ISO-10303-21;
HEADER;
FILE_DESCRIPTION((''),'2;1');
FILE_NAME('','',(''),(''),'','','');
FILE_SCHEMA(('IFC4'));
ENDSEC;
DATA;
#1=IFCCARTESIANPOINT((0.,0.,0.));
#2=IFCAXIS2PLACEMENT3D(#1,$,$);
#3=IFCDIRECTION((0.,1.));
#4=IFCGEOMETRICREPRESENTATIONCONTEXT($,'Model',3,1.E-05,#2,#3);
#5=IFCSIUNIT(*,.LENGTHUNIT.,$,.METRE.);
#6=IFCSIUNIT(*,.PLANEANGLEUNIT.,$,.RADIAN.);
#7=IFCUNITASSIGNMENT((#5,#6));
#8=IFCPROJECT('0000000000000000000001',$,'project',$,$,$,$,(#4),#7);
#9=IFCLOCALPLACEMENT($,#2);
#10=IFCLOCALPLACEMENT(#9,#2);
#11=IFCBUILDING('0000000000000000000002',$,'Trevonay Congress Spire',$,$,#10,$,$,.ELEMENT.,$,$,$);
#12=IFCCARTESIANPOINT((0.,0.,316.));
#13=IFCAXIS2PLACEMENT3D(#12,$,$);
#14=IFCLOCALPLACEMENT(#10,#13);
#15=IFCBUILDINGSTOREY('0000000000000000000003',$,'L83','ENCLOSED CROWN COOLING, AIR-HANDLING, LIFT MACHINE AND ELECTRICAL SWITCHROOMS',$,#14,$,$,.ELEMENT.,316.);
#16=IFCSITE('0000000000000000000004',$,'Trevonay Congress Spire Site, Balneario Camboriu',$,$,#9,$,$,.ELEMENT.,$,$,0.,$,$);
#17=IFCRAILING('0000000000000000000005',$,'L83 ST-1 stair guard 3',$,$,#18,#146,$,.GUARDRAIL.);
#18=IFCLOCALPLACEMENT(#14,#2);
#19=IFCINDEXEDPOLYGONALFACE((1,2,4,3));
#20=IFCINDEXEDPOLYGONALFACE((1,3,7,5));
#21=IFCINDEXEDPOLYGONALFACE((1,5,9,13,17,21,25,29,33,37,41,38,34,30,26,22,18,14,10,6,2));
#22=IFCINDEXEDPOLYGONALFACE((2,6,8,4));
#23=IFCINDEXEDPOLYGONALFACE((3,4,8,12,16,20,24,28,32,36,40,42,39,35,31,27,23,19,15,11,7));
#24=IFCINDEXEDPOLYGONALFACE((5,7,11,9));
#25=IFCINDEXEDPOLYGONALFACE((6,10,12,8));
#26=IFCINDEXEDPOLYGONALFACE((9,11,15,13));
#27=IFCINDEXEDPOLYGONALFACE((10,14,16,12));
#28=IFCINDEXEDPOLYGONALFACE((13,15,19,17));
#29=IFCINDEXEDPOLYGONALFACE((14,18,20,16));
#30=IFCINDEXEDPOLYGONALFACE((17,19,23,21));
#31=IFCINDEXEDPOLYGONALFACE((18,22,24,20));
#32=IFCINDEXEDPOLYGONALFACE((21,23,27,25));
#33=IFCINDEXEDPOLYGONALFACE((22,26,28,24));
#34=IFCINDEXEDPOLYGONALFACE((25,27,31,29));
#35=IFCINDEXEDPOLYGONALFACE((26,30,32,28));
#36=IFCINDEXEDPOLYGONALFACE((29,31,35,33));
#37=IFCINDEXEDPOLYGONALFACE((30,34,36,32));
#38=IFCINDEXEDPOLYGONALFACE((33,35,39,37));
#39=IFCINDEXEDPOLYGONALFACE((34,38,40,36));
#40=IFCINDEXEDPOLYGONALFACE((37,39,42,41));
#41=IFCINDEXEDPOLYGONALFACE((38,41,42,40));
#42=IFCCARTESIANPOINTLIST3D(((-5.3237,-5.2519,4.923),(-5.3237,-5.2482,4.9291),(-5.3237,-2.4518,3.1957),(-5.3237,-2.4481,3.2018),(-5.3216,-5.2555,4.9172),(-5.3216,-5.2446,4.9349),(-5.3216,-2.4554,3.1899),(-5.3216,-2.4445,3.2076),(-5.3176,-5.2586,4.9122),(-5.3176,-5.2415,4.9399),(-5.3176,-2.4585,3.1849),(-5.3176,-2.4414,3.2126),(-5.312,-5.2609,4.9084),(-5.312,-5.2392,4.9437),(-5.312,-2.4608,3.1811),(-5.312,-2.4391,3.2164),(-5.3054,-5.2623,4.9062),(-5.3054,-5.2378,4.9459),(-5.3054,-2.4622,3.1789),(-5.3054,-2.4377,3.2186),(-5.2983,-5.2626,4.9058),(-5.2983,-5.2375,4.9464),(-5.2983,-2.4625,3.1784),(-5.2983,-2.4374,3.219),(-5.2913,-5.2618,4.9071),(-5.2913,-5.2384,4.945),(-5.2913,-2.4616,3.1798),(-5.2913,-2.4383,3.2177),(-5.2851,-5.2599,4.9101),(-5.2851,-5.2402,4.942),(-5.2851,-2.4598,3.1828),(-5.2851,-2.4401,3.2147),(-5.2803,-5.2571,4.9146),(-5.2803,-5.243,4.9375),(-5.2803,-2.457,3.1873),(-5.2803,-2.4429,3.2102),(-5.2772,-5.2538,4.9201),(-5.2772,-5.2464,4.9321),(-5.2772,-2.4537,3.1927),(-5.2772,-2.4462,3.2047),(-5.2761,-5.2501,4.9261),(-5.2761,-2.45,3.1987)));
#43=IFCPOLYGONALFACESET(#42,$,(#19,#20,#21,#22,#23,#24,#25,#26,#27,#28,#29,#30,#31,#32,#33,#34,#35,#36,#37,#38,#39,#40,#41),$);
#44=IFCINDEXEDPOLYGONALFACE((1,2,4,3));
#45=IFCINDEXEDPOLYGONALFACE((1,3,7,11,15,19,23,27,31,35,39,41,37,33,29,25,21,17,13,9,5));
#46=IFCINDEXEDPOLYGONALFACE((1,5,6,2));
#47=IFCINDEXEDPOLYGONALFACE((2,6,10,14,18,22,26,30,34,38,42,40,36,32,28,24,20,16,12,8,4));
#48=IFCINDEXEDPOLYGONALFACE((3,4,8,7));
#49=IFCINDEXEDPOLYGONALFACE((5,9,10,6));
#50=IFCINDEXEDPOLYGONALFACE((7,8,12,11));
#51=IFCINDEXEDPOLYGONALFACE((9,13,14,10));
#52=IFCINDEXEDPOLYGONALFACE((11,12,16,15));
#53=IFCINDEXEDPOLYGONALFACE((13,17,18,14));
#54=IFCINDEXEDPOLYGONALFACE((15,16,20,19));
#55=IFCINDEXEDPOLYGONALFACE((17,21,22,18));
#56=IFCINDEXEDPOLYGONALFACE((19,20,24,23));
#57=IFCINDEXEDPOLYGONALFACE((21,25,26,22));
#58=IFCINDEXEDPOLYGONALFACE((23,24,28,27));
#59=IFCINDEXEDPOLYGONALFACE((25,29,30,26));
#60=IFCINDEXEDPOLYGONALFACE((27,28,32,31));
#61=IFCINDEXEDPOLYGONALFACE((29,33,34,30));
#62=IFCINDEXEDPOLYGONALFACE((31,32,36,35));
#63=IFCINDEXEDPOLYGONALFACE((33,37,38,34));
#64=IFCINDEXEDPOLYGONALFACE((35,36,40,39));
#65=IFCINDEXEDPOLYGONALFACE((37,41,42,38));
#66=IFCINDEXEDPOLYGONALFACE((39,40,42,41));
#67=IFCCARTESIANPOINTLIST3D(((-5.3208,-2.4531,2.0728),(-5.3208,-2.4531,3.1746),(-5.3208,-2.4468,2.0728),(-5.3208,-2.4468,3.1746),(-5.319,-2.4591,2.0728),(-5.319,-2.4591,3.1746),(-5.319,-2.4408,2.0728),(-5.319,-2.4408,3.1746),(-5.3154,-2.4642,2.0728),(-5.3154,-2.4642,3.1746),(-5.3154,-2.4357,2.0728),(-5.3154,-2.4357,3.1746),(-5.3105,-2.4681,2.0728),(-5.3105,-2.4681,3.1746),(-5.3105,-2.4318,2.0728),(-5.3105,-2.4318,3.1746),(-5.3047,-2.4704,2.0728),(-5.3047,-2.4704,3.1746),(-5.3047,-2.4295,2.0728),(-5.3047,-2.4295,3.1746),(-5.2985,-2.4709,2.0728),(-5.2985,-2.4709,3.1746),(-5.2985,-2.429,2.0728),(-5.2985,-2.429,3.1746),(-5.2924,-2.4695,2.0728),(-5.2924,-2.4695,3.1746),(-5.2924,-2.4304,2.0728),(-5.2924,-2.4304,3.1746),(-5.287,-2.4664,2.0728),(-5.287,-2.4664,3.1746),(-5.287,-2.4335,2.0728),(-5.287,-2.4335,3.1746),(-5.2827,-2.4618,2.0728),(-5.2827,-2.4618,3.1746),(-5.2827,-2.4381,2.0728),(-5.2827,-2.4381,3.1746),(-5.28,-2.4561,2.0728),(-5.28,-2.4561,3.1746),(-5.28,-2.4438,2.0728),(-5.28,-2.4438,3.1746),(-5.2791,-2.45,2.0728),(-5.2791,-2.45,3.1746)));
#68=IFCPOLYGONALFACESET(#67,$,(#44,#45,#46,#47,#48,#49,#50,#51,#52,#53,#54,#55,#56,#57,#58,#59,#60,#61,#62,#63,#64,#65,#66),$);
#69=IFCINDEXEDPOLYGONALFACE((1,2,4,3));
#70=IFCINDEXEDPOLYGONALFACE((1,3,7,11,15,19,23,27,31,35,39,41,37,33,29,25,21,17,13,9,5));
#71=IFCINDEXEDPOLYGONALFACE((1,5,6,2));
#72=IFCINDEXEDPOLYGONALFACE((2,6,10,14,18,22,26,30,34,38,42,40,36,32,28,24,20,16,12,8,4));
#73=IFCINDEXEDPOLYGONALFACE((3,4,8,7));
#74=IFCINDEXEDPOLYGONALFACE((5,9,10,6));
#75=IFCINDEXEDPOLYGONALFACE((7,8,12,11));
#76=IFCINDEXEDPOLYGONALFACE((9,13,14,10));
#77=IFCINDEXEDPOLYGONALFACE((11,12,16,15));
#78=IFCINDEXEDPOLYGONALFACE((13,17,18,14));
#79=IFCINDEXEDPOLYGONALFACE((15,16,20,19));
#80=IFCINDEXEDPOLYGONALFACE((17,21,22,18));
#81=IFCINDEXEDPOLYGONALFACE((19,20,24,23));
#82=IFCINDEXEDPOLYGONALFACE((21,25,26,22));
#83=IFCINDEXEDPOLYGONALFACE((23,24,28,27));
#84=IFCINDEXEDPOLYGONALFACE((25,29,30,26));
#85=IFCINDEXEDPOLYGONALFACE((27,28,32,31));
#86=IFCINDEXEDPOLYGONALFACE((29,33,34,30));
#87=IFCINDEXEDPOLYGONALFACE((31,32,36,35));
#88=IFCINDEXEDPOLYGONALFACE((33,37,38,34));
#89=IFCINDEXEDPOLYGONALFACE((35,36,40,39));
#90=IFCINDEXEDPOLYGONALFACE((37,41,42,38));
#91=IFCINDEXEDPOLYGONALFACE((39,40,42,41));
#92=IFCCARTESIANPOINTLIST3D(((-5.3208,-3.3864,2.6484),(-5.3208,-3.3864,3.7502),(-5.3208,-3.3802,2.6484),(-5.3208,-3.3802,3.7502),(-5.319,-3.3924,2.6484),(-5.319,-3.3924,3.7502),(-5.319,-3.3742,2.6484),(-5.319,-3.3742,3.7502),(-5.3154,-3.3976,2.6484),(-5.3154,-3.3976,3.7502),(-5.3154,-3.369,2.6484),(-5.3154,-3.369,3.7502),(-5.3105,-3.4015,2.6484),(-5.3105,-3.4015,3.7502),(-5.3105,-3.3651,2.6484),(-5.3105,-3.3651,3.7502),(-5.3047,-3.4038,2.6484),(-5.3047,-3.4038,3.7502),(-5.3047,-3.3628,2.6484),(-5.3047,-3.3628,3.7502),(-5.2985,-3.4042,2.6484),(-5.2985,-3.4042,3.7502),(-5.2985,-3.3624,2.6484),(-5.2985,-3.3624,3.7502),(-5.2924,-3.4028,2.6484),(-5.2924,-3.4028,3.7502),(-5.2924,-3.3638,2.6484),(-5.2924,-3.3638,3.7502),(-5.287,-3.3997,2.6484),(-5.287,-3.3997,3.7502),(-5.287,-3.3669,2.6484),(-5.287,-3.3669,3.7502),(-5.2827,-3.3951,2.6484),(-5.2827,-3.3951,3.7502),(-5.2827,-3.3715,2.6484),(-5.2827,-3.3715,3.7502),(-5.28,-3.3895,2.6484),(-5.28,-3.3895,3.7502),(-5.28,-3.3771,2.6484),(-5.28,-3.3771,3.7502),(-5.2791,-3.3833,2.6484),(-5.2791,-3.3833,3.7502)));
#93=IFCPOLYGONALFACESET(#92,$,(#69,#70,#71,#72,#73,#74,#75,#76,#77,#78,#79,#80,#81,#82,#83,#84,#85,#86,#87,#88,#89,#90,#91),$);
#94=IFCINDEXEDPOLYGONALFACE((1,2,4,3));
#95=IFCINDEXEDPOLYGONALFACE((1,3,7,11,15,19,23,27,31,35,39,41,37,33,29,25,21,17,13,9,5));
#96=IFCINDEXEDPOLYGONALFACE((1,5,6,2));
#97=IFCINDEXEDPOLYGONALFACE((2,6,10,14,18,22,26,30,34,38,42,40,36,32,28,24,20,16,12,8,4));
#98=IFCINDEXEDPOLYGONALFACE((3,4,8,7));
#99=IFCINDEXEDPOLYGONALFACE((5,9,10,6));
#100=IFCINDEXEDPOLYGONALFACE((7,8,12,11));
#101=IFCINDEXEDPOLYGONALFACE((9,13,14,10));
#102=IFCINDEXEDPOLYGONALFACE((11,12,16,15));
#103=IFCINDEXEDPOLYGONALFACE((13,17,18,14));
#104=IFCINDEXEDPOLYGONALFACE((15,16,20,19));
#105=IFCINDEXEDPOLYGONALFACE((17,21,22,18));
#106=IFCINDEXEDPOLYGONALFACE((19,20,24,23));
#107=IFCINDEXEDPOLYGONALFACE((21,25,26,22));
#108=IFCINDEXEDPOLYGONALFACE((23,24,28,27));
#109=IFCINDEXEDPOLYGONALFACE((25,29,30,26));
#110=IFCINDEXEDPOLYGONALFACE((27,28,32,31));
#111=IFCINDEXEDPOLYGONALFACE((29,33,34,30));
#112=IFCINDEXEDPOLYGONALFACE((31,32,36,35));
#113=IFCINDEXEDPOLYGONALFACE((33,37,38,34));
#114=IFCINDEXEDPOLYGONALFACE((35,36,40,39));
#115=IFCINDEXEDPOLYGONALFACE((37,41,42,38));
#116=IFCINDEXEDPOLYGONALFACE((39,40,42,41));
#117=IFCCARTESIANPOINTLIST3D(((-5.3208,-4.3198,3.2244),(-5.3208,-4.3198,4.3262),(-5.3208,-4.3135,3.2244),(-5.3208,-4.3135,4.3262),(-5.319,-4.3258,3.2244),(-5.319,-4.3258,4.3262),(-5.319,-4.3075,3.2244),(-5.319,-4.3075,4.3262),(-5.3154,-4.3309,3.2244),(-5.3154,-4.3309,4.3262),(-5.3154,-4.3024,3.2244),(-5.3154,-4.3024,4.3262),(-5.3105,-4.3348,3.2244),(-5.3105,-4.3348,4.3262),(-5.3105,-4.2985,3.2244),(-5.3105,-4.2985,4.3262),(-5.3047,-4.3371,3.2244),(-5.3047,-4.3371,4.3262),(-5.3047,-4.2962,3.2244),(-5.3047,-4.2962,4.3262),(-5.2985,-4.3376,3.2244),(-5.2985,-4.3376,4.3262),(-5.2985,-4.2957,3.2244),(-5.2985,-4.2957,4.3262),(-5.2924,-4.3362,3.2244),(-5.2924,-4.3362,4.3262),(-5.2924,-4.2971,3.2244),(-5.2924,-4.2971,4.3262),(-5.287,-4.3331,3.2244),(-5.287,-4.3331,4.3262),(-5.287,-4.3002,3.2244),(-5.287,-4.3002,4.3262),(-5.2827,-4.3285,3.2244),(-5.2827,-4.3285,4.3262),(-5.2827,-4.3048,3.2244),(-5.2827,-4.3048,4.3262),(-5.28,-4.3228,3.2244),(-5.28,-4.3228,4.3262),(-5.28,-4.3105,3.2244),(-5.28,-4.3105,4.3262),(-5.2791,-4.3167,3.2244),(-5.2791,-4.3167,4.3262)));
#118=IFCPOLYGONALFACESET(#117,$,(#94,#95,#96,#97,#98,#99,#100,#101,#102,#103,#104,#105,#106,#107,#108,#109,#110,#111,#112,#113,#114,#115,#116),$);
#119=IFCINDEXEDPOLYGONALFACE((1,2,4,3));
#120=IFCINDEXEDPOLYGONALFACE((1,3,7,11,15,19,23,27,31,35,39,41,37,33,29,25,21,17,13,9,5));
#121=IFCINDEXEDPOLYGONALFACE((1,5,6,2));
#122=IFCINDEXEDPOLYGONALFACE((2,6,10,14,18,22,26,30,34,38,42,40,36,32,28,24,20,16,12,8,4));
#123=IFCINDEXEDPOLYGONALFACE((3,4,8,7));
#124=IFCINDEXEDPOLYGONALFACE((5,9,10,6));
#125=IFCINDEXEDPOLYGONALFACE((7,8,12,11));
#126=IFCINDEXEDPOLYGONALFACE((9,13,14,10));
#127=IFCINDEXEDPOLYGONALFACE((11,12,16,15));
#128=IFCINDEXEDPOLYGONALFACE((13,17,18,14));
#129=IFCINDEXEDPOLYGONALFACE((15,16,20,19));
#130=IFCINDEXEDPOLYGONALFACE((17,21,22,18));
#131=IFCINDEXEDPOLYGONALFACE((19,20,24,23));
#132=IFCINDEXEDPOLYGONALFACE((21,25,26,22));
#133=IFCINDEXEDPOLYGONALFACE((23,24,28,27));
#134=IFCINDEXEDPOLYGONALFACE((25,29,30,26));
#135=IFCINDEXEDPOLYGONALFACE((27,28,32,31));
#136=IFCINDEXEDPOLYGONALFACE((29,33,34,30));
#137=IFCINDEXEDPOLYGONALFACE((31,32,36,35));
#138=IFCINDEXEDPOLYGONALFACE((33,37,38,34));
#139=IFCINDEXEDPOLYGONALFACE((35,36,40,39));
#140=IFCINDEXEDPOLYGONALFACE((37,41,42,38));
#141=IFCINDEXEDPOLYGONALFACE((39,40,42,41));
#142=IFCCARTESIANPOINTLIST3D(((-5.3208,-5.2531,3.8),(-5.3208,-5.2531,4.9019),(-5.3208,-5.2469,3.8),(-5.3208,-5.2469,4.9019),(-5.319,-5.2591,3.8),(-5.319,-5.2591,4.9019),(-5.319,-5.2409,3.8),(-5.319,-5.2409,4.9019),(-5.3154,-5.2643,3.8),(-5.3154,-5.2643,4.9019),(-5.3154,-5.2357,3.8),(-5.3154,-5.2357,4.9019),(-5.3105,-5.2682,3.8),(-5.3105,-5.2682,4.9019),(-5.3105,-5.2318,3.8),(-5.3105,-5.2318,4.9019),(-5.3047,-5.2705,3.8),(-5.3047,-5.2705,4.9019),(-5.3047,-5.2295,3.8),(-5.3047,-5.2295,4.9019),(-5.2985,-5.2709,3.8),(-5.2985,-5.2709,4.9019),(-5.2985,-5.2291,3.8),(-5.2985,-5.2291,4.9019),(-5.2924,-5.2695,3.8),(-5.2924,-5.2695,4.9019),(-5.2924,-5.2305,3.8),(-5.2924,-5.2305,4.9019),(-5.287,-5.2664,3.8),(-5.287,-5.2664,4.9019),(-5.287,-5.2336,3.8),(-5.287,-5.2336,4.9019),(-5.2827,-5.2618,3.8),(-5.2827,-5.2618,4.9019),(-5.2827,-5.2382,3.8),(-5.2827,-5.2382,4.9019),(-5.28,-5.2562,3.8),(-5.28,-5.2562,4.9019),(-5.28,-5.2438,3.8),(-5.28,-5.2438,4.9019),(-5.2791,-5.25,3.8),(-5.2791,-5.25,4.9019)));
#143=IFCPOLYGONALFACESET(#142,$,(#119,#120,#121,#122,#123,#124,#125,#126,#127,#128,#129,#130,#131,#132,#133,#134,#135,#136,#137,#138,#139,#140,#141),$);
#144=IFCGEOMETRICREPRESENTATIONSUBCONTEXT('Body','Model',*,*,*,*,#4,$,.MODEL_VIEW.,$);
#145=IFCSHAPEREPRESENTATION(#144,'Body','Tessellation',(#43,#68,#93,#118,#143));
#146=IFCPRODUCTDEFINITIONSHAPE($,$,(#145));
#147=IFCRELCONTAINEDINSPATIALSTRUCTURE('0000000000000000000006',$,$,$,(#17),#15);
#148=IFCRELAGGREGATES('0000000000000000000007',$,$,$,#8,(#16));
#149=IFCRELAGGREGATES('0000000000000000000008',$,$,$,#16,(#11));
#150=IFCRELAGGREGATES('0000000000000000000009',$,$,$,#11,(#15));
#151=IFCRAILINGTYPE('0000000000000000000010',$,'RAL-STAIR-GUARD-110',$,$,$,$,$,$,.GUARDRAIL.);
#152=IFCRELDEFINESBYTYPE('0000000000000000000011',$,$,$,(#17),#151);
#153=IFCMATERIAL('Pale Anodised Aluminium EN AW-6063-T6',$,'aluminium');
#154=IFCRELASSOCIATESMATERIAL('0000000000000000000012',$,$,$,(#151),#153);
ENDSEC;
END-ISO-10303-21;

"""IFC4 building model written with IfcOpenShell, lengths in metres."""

from ifc_helpers import new_model, si_unit, direction, frame, origin, origin_2d, place, context, subcontext, project, spatial, circle, extrude, material, type_object, element, save


model = new_model("IFC4")

# Units and contexts
model_context = context("Model", 3, precision=1e-05, world=origin(), true_north=direction((0.0, 1.0)))
body_context = subcontext(model_context, "Body", "Model", "MODEL_VIEW")
ifc_project = project(units=[si_unit("LENGTHUNIT", "METRE"), si_unit("PLANEANGLEUNIT", "RADIAN")], contexts=[model_context])

# Site, building, storey
site_placement = place(None, origin())
site = spatial("IfcSite", under=ifc_project, at=site_placement, Name="Trevonay Congress Spire Site, Balneario Camboriu", CompositionType="ELEMENT", RefElevation=0.0)
building_placement = place(site_placement, origin())
building = spatial("IfcBuilding", under=site, at=building_placement, Name="Trevonay Congress Spire", CompositionType="ELEMENT")
storey_placement = place(building_placement, frame((0.0, 0.0, 316.0)))
storey = spatial("IfcBuildingStorey", under=building, at=storey_placement, Name="L83", Description="ENCLOSED CROWN COOLING, AIR-HANDLING, LIFT MACHINE AND ELECTRICAL SWITCHROOMS", CompositionType="ELEMENT", Elevation=316.0)

# Railing
ifc_material_1 = material(Name="Pale Anodised Aluminium EN AW-6063-T6", Category="aluminium")
railing_type_1 = type_object("IfcRailingType", Name="RAL-STAIR-GUARD-110", PredefinedType="GUARDRAIL", material=ifc_material_1)
railing_1_placement = place(storey_placement, frame((-5.3, -2.45, 2.0728)))
element("IfcRailing", 1, at=railing_1_placement, inside=storey, type_object=railing_type_1, Name="L83 ST-1 stair guard 3", PredefinedType="GUARDRAIL", context=body_context, shape_type="SweptSolid", body=[
    extrude(circle(Radius=0.0239, at=origin_2d()), frame((0.0, 0.0, 1.126), z_axis=(0.0, -0.85109, 0.52502), x_axis=(1.0, 0.0, 0.0)), (0.0, 0.0, 1.0), 3.29),
    extrude(circle(Radius=0.021, at=origin_2d()), origin(), (0.0, 0.0, 1.0), 1.1018),
    extrude(circle(Radius=0.021, at=origin_2d()), frame((0.0, -0.9333, 0.5757)), (0.0, 0.0, 1.0), 1.1018),
    extrude(circle(Radius=0.021, at=origin_2d()), frame((0.0, -1.8667, 1.1516)), (0.0, 0.0, 1.0), 1.1018),
    extrude(circle(Radius=0.021, at=origin_2d()), frame((0.0, -2.8, 1.7273)), (0.0, 0.0, 1.0), 1.1018),
])

save(model, "model.ifc")
